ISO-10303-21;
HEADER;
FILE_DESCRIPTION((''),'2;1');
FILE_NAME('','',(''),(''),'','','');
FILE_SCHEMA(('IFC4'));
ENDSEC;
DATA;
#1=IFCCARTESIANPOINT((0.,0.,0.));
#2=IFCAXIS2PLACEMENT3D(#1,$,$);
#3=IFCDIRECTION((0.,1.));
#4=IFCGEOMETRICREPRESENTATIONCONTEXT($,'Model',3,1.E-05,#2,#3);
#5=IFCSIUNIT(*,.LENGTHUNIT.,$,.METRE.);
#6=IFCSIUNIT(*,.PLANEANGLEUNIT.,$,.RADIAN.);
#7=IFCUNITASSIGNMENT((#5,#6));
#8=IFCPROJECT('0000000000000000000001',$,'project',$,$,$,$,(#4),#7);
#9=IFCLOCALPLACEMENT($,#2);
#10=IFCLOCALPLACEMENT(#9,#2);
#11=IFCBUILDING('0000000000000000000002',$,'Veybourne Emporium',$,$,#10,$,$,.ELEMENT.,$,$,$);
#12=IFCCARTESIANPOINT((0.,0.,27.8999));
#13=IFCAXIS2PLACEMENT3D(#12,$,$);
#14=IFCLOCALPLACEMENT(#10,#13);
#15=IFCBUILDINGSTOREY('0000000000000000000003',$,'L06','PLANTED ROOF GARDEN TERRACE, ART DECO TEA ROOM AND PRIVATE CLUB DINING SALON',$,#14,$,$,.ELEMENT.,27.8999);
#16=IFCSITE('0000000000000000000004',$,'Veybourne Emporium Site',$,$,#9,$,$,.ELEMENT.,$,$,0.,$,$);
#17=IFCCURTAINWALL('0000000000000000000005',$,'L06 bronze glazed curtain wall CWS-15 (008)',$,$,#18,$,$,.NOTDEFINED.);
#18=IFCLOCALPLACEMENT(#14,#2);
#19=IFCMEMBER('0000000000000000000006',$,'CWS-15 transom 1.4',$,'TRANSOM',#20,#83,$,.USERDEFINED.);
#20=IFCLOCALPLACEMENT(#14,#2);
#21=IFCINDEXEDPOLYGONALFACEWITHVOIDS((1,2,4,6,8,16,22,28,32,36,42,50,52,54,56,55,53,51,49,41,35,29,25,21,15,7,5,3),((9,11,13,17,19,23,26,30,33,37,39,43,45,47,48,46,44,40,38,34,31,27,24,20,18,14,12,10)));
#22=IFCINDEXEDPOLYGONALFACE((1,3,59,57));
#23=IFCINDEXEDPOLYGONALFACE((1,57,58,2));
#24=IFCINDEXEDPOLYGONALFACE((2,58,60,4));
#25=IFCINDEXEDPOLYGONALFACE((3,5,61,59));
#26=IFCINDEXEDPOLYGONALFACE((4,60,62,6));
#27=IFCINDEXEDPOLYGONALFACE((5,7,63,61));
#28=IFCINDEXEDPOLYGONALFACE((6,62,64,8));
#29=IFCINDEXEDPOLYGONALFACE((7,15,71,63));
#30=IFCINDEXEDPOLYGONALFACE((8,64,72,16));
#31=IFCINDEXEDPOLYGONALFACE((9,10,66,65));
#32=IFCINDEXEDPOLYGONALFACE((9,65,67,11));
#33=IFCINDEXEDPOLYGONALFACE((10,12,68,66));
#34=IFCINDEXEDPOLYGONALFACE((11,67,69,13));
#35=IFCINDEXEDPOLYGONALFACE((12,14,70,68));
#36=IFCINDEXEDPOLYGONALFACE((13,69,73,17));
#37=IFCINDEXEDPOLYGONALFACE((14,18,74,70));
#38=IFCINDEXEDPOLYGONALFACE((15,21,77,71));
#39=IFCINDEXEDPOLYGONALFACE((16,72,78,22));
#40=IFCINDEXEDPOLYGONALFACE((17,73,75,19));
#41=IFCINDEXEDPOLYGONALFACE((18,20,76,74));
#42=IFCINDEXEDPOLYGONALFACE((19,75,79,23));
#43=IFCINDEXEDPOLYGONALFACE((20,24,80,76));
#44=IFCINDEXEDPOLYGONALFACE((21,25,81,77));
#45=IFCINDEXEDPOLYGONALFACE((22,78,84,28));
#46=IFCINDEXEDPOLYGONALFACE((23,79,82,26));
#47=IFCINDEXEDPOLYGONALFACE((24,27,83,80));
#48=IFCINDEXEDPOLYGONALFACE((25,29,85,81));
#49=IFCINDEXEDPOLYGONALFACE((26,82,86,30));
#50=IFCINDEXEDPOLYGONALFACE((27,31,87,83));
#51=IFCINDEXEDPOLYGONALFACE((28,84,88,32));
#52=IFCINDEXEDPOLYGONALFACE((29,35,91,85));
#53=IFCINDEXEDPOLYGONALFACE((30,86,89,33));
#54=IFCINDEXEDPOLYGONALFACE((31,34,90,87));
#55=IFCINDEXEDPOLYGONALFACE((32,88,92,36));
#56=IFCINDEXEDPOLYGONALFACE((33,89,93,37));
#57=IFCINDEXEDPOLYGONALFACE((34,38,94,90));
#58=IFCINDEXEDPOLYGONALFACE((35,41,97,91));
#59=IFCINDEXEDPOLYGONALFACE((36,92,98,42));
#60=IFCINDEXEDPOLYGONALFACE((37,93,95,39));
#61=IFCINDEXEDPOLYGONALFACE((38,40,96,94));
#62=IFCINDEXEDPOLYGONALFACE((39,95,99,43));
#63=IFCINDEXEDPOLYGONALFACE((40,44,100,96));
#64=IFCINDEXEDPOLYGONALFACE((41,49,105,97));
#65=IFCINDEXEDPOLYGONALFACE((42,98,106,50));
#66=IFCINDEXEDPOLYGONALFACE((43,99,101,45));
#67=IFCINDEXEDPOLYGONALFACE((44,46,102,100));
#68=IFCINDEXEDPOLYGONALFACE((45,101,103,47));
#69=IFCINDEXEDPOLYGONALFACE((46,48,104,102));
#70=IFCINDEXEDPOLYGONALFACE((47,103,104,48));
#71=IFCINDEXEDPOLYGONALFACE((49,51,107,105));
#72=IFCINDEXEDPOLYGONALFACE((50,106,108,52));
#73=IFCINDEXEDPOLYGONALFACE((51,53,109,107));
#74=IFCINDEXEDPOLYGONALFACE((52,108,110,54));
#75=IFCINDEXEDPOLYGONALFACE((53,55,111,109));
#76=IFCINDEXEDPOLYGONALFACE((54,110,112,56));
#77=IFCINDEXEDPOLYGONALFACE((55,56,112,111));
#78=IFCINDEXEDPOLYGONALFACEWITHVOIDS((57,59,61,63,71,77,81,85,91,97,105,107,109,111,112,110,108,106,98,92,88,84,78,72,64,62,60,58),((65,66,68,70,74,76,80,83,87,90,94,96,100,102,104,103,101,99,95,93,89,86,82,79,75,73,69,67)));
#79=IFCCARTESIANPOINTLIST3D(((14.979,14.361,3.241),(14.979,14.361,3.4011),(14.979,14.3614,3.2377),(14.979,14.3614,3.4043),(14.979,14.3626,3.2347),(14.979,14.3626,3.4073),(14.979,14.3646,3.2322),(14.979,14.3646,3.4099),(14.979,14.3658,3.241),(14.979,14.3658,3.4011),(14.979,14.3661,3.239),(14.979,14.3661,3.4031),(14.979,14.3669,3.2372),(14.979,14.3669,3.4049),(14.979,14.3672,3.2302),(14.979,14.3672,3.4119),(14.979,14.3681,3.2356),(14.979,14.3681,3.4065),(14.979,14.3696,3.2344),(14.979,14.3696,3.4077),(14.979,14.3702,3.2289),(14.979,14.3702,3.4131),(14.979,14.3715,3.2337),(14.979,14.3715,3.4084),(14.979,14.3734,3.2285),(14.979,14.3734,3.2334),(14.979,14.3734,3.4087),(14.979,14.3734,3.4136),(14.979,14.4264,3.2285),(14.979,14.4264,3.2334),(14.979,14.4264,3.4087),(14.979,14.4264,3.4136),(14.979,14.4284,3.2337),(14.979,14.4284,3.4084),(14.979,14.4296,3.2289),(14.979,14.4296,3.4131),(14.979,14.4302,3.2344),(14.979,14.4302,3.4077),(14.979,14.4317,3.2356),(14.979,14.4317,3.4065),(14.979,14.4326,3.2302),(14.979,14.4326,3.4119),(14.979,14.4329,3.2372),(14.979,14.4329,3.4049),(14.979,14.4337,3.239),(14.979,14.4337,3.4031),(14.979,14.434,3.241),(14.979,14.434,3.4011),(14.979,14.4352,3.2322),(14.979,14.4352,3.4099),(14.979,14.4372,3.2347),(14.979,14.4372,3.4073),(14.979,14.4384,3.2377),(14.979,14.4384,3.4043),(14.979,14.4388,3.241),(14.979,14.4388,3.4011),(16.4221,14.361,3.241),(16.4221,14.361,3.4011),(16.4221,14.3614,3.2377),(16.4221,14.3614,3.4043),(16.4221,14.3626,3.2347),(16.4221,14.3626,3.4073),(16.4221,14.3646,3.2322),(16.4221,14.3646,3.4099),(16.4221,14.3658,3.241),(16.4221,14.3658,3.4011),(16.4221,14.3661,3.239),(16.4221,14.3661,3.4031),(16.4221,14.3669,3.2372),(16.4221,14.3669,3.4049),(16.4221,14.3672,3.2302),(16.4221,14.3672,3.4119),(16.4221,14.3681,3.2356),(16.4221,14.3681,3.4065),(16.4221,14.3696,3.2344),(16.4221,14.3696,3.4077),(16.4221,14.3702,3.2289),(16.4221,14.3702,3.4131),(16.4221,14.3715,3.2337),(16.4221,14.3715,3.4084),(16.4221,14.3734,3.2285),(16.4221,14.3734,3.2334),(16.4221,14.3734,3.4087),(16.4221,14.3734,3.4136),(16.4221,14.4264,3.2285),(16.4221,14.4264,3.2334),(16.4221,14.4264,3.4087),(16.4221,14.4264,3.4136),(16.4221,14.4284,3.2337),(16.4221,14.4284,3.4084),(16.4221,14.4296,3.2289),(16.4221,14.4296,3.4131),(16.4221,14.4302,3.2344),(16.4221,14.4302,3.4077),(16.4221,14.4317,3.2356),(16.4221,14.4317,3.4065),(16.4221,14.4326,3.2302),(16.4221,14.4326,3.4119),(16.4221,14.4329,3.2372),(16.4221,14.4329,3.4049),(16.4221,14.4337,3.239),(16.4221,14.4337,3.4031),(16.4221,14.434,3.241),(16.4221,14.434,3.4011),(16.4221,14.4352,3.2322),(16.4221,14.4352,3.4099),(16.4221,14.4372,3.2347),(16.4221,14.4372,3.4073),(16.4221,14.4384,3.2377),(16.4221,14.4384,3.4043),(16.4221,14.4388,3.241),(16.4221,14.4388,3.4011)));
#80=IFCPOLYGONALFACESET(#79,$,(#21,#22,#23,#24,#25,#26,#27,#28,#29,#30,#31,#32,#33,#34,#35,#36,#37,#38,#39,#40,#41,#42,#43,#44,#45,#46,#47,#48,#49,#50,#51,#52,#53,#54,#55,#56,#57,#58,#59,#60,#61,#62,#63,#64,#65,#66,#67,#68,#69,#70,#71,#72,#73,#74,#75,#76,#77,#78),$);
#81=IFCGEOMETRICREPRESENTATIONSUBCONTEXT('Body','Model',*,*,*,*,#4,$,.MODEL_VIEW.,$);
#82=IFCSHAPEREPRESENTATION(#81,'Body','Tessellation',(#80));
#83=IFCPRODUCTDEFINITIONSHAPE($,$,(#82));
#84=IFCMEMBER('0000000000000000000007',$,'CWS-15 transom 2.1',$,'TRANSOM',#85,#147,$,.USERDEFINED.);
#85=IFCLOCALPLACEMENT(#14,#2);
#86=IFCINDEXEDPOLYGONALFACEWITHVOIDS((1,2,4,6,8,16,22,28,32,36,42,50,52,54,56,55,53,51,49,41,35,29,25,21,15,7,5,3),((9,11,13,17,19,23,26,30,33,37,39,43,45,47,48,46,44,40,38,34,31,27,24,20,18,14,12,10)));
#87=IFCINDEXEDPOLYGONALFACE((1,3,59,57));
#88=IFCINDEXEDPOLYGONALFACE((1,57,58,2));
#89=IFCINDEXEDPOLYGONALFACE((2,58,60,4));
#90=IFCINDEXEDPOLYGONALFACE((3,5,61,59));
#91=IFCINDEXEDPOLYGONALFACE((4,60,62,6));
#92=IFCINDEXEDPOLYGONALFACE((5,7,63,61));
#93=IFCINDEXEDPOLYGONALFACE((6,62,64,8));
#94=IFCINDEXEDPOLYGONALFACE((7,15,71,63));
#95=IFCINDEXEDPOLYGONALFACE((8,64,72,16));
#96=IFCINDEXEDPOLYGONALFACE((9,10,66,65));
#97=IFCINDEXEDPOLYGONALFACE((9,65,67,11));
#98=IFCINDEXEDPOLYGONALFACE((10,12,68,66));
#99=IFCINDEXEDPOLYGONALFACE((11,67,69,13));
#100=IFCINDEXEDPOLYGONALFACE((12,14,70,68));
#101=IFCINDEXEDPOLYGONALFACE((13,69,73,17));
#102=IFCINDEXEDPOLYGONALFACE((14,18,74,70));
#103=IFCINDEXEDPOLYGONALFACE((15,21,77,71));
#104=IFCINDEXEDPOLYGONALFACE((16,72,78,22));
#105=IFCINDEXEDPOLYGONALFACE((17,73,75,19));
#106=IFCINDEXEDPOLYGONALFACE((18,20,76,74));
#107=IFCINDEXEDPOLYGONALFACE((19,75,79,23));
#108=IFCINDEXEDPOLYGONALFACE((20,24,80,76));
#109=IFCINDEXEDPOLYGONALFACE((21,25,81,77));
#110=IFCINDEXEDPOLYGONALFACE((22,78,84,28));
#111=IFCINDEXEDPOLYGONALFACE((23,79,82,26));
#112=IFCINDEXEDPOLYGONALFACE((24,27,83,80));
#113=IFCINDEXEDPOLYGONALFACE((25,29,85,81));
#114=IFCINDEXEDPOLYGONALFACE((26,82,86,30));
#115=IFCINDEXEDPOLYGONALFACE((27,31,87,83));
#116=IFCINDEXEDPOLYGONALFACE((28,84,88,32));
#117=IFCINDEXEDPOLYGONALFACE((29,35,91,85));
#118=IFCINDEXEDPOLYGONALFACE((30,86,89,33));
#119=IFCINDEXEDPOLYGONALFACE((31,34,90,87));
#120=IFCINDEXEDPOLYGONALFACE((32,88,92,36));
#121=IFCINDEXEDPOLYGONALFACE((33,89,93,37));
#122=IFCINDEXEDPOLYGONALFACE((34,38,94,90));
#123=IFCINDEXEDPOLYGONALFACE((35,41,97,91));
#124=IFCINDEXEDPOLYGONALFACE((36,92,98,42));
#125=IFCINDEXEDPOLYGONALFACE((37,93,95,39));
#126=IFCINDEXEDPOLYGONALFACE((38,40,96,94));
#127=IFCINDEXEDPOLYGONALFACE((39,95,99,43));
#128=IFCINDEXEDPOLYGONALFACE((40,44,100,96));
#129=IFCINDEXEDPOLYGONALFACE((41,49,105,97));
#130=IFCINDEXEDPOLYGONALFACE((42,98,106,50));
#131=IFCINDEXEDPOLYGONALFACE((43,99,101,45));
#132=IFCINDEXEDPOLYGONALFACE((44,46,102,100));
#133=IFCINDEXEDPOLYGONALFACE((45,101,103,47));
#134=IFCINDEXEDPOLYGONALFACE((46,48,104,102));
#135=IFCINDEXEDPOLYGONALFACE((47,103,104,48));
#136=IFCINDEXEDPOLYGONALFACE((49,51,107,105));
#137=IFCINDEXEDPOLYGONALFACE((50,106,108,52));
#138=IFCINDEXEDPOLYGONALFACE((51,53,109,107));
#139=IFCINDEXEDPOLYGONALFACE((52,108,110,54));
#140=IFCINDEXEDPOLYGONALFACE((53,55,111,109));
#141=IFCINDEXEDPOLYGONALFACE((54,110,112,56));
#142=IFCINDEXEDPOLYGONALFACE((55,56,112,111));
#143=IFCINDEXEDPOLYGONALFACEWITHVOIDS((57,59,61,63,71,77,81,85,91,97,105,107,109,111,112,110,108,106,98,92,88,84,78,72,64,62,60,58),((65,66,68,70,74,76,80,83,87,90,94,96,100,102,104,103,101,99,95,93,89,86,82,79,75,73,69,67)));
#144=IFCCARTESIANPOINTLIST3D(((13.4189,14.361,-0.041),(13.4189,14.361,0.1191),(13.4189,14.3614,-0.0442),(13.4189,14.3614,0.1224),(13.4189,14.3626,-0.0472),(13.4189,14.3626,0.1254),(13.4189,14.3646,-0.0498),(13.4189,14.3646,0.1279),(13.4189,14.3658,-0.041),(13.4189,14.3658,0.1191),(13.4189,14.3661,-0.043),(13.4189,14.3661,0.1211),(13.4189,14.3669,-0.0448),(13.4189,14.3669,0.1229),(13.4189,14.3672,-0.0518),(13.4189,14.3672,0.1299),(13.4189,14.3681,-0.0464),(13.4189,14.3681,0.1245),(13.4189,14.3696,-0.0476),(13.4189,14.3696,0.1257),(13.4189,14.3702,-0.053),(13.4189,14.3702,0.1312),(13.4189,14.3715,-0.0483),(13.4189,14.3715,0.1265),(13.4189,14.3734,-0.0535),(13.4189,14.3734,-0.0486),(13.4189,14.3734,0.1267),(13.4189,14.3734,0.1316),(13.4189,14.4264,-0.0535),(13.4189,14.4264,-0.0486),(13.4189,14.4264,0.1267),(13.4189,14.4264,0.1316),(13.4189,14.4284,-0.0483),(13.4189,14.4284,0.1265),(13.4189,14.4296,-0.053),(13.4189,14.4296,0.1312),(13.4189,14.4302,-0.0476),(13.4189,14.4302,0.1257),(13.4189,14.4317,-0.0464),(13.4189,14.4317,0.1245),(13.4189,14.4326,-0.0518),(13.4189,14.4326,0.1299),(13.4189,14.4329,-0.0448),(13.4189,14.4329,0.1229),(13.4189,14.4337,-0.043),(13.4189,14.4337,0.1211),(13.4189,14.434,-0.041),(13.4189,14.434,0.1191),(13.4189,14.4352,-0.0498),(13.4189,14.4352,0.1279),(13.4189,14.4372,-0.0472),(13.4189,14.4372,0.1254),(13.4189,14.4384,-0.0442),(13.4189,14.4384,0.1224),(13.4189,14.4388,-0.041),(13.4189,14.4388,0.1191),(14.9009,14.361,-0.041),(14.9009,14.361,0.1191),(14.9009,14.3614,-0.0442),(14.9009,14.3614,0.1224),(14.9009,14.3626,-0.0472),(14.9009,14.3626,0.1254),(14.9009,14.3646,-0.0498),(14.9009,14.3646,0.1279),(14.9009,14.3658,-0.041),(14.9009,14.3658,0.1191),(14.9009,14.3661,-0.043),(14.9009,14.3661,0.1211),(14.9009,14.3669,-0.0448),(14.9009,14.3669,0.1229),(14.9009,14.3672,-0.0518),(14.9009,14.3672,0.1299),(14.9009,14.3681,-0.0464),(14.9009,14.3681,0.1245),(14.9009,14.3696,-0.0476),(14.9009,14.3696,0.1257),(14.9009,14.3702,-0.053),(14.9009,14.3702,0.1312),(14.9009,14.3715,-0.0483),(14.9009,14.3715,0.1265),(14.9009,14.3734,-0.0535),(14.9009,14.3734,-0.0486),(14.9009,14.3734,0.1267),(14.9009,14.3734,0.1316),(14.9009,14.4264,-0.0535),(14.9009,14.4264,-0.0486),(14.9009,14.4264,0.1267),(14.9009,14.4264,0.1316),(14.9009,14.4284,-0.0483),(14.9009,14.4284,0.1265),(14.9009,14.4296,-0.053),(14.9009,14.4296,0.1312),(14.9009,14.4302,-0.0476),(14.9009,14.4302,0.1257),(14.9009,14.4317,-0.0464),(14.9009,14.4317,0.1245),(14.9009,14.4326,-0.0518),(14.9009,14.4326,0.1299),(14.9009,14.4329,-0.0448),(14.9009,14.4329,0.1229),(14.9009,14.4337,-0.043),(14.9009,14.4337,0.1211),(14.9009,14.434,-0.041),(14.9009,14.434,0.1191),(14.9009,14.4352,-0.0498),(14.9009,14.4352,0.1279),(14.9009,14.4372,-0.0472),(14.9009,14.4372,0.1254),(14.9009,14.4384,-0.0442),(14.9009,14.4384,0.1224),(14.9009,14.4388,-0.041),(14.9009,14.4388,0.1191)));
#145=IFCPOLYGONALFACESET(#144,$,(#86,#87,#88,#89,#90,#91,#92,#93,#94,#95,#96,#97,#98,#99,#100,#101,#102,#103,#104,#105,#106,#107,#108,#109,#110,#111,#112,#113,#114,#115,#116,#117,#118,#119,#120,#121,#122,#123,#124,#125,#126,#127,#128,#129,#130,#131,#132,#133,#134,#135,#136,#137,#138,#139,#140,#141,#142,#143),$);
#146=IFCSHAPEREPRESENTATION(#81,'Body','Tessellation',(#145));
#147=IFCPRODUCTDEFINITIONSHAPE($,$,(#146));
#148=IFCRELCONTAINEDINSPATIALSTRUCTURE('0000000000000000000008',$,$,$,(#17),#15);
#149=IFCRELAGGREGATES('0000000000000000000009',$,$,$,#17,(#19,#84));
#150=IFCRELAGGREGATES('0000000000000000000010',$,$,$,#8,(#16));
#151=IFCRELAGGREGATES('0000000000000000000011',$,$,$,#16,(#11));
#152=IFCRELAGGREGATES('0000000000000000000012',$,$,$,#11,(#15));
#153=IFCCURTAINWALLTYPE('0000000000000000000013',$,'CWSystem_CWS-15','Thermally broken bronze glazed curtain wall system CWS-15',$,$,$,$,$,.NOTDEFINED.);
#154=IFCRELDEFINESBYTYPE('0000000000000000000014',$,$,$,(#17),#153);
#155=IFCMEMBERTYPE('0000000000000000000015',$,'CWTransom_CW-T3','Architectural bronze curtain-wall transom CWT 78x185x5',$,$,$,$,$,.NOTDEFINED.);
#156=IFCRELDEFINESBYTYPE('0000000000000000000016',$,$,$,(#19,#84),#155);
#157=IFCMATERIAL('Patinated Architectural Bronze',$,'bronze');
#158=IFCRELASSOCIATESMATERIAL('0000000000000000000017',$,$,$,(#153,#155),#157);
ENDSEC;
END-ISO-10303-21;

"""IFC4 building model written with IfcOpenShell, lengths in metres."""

from ifc_helpers import new_model, si_unit, direction, frame, origin, origin_2d, place, context, subcontext, project, spatial, hollow_rectangle, extrude, material, material_profile, profile_set, type_object, element, aggregate, save


model = new_model("IFC4")

# Units and contexts
model_context = context("Model", 3, precision=1e-05, world=origin(), true_north=direction((0.0, 1.0)))
body_context = subcontext(model_context, "Body", "Model", "MODEL_VIEW")
ifc_project = project(units=[si_unit("LENGTHUNIT", "METRE"), si_unit("PLANEANGLEUNIT", "RADIAN")], contexts=[model_context])

# Site, building, storey
site_placement = place(None, origin())
site = spatial("IfcSite", under=ifc_project, at=site_placement, Name="Veybourne Emporium Site", CompositionType="ELEMENT", RefElevation=0.0)
building_placement = place(site_placement, origin())
building = spatial("IfcBuilding", under=site, at=building_placement, Name="Veybourne Emporium", CompositionType="ELEMENT")
storey_placement = place(building_placement, frame((0.0, 0.0, 27.8999)))
storey = spatial("IfcBuildingStorey", under=building, at=storey_placement, Name="L06", Description="PLANTED ROOF GARDEN TERRACE, ART DECO TEA ROOM AND PRIVATE CLUB DINING SALON", CompositionType="ELEMENT", Elevation=27.8999)

# Curtain wall, members
ifc_material_1 = material(Name="Patinated Architectural Bronze", Category="bronze")
curtain_wall_type = type_object("IfcCurtainWallType", Name="CWSystem_CWS-15", Description="Thermally broken bronze glazed curtain wall system CWS-15", PredefinedType="NOTDEFINED", material=ifc_material_1)
curtain_wall_placement = place(storey_placement, origin())
curtain_wall = element("IfcCurtainWall", 1, at=curtain_wall_placement, inside=storey, type_object=curtain_wall_type, Name="L06 bronze glazed curtain wall CWS-15 (008)", PredefinedType="NOTDEFINED")
ifc_material_profile_1 = material_profile(ifc_material_1, hollow_rectangle(XDim=0.0779, YDim=0.1851, WallThickness=0.0049, InnerFilletRadius=0.0076, OuterFilletRadius=0.0125, at=origin_2d()), Name="CWT 78x185x5")
ifc_profile_set_1 = profile_set([ifc_material_profile_1], Name="Patinated Architectural Bronze")
member_type_1 = type_object("IfcMemberType", Name="CWTransom_CW-T3", Description="Architectural bronze curtain-wall transom CWT 78x185x5", PredefinedType="NOTDEFINED", material=ifc_profile_set_1)
member_1_placement = place(storey_placement, frame((16.4221, 14.3999, 3.321), z_axis=(-1.0, 0.0, 0.0), x_axis=(0.0, -1.0, 0.0)))
member_1 = element("IfcMember", 2, at=member_1_placement, type_object=member_type_1, Name="CWS-15 transom 1.4", ObjectType="TRANSOM", PredefinedType="USERDEFINED", context=body_context, shape_type="SweptSolid", body=[
    extrude(hollow_rectangle(XDim=0.0779, YDim=0.1851, WallThickness=0.0049, InnerFilletRadius=0.0076, OuterFilletRadius=0.0125, at=origin_2d()), origin(), (0.0, 0.0, 1.0), 1.4431),
])
member_2_placement = place(storey_placement, frame((14.9009, 14.3999, 0.0391), z_axis=(-1.0, 0.0, 0.0), x_axis=(0.0, -1.0, 0.0)))
member_2 = element("IfcMember", 3, at=member_2_placement, type_object=member_type_1, Name="CWS-15 transom 2.1", ObjectType="TRANSOM", PredefinedType="USERDEFINED", context=body_context, shape_type="SweptSolid", body=[
    extrude(hollow_rectangle(XDim=0.0779, YDim=0.1851, WallThickness=0.0049, InnerFilletRadius=0.0076, OuterFilletRadius=0.0125, at=origin_2d()), origin(), (0.0, 0.0, 1.0), 1.4819),
])
aggregate(curtain_wall, [member_1, member_2])

save(model, "model.ifc")
